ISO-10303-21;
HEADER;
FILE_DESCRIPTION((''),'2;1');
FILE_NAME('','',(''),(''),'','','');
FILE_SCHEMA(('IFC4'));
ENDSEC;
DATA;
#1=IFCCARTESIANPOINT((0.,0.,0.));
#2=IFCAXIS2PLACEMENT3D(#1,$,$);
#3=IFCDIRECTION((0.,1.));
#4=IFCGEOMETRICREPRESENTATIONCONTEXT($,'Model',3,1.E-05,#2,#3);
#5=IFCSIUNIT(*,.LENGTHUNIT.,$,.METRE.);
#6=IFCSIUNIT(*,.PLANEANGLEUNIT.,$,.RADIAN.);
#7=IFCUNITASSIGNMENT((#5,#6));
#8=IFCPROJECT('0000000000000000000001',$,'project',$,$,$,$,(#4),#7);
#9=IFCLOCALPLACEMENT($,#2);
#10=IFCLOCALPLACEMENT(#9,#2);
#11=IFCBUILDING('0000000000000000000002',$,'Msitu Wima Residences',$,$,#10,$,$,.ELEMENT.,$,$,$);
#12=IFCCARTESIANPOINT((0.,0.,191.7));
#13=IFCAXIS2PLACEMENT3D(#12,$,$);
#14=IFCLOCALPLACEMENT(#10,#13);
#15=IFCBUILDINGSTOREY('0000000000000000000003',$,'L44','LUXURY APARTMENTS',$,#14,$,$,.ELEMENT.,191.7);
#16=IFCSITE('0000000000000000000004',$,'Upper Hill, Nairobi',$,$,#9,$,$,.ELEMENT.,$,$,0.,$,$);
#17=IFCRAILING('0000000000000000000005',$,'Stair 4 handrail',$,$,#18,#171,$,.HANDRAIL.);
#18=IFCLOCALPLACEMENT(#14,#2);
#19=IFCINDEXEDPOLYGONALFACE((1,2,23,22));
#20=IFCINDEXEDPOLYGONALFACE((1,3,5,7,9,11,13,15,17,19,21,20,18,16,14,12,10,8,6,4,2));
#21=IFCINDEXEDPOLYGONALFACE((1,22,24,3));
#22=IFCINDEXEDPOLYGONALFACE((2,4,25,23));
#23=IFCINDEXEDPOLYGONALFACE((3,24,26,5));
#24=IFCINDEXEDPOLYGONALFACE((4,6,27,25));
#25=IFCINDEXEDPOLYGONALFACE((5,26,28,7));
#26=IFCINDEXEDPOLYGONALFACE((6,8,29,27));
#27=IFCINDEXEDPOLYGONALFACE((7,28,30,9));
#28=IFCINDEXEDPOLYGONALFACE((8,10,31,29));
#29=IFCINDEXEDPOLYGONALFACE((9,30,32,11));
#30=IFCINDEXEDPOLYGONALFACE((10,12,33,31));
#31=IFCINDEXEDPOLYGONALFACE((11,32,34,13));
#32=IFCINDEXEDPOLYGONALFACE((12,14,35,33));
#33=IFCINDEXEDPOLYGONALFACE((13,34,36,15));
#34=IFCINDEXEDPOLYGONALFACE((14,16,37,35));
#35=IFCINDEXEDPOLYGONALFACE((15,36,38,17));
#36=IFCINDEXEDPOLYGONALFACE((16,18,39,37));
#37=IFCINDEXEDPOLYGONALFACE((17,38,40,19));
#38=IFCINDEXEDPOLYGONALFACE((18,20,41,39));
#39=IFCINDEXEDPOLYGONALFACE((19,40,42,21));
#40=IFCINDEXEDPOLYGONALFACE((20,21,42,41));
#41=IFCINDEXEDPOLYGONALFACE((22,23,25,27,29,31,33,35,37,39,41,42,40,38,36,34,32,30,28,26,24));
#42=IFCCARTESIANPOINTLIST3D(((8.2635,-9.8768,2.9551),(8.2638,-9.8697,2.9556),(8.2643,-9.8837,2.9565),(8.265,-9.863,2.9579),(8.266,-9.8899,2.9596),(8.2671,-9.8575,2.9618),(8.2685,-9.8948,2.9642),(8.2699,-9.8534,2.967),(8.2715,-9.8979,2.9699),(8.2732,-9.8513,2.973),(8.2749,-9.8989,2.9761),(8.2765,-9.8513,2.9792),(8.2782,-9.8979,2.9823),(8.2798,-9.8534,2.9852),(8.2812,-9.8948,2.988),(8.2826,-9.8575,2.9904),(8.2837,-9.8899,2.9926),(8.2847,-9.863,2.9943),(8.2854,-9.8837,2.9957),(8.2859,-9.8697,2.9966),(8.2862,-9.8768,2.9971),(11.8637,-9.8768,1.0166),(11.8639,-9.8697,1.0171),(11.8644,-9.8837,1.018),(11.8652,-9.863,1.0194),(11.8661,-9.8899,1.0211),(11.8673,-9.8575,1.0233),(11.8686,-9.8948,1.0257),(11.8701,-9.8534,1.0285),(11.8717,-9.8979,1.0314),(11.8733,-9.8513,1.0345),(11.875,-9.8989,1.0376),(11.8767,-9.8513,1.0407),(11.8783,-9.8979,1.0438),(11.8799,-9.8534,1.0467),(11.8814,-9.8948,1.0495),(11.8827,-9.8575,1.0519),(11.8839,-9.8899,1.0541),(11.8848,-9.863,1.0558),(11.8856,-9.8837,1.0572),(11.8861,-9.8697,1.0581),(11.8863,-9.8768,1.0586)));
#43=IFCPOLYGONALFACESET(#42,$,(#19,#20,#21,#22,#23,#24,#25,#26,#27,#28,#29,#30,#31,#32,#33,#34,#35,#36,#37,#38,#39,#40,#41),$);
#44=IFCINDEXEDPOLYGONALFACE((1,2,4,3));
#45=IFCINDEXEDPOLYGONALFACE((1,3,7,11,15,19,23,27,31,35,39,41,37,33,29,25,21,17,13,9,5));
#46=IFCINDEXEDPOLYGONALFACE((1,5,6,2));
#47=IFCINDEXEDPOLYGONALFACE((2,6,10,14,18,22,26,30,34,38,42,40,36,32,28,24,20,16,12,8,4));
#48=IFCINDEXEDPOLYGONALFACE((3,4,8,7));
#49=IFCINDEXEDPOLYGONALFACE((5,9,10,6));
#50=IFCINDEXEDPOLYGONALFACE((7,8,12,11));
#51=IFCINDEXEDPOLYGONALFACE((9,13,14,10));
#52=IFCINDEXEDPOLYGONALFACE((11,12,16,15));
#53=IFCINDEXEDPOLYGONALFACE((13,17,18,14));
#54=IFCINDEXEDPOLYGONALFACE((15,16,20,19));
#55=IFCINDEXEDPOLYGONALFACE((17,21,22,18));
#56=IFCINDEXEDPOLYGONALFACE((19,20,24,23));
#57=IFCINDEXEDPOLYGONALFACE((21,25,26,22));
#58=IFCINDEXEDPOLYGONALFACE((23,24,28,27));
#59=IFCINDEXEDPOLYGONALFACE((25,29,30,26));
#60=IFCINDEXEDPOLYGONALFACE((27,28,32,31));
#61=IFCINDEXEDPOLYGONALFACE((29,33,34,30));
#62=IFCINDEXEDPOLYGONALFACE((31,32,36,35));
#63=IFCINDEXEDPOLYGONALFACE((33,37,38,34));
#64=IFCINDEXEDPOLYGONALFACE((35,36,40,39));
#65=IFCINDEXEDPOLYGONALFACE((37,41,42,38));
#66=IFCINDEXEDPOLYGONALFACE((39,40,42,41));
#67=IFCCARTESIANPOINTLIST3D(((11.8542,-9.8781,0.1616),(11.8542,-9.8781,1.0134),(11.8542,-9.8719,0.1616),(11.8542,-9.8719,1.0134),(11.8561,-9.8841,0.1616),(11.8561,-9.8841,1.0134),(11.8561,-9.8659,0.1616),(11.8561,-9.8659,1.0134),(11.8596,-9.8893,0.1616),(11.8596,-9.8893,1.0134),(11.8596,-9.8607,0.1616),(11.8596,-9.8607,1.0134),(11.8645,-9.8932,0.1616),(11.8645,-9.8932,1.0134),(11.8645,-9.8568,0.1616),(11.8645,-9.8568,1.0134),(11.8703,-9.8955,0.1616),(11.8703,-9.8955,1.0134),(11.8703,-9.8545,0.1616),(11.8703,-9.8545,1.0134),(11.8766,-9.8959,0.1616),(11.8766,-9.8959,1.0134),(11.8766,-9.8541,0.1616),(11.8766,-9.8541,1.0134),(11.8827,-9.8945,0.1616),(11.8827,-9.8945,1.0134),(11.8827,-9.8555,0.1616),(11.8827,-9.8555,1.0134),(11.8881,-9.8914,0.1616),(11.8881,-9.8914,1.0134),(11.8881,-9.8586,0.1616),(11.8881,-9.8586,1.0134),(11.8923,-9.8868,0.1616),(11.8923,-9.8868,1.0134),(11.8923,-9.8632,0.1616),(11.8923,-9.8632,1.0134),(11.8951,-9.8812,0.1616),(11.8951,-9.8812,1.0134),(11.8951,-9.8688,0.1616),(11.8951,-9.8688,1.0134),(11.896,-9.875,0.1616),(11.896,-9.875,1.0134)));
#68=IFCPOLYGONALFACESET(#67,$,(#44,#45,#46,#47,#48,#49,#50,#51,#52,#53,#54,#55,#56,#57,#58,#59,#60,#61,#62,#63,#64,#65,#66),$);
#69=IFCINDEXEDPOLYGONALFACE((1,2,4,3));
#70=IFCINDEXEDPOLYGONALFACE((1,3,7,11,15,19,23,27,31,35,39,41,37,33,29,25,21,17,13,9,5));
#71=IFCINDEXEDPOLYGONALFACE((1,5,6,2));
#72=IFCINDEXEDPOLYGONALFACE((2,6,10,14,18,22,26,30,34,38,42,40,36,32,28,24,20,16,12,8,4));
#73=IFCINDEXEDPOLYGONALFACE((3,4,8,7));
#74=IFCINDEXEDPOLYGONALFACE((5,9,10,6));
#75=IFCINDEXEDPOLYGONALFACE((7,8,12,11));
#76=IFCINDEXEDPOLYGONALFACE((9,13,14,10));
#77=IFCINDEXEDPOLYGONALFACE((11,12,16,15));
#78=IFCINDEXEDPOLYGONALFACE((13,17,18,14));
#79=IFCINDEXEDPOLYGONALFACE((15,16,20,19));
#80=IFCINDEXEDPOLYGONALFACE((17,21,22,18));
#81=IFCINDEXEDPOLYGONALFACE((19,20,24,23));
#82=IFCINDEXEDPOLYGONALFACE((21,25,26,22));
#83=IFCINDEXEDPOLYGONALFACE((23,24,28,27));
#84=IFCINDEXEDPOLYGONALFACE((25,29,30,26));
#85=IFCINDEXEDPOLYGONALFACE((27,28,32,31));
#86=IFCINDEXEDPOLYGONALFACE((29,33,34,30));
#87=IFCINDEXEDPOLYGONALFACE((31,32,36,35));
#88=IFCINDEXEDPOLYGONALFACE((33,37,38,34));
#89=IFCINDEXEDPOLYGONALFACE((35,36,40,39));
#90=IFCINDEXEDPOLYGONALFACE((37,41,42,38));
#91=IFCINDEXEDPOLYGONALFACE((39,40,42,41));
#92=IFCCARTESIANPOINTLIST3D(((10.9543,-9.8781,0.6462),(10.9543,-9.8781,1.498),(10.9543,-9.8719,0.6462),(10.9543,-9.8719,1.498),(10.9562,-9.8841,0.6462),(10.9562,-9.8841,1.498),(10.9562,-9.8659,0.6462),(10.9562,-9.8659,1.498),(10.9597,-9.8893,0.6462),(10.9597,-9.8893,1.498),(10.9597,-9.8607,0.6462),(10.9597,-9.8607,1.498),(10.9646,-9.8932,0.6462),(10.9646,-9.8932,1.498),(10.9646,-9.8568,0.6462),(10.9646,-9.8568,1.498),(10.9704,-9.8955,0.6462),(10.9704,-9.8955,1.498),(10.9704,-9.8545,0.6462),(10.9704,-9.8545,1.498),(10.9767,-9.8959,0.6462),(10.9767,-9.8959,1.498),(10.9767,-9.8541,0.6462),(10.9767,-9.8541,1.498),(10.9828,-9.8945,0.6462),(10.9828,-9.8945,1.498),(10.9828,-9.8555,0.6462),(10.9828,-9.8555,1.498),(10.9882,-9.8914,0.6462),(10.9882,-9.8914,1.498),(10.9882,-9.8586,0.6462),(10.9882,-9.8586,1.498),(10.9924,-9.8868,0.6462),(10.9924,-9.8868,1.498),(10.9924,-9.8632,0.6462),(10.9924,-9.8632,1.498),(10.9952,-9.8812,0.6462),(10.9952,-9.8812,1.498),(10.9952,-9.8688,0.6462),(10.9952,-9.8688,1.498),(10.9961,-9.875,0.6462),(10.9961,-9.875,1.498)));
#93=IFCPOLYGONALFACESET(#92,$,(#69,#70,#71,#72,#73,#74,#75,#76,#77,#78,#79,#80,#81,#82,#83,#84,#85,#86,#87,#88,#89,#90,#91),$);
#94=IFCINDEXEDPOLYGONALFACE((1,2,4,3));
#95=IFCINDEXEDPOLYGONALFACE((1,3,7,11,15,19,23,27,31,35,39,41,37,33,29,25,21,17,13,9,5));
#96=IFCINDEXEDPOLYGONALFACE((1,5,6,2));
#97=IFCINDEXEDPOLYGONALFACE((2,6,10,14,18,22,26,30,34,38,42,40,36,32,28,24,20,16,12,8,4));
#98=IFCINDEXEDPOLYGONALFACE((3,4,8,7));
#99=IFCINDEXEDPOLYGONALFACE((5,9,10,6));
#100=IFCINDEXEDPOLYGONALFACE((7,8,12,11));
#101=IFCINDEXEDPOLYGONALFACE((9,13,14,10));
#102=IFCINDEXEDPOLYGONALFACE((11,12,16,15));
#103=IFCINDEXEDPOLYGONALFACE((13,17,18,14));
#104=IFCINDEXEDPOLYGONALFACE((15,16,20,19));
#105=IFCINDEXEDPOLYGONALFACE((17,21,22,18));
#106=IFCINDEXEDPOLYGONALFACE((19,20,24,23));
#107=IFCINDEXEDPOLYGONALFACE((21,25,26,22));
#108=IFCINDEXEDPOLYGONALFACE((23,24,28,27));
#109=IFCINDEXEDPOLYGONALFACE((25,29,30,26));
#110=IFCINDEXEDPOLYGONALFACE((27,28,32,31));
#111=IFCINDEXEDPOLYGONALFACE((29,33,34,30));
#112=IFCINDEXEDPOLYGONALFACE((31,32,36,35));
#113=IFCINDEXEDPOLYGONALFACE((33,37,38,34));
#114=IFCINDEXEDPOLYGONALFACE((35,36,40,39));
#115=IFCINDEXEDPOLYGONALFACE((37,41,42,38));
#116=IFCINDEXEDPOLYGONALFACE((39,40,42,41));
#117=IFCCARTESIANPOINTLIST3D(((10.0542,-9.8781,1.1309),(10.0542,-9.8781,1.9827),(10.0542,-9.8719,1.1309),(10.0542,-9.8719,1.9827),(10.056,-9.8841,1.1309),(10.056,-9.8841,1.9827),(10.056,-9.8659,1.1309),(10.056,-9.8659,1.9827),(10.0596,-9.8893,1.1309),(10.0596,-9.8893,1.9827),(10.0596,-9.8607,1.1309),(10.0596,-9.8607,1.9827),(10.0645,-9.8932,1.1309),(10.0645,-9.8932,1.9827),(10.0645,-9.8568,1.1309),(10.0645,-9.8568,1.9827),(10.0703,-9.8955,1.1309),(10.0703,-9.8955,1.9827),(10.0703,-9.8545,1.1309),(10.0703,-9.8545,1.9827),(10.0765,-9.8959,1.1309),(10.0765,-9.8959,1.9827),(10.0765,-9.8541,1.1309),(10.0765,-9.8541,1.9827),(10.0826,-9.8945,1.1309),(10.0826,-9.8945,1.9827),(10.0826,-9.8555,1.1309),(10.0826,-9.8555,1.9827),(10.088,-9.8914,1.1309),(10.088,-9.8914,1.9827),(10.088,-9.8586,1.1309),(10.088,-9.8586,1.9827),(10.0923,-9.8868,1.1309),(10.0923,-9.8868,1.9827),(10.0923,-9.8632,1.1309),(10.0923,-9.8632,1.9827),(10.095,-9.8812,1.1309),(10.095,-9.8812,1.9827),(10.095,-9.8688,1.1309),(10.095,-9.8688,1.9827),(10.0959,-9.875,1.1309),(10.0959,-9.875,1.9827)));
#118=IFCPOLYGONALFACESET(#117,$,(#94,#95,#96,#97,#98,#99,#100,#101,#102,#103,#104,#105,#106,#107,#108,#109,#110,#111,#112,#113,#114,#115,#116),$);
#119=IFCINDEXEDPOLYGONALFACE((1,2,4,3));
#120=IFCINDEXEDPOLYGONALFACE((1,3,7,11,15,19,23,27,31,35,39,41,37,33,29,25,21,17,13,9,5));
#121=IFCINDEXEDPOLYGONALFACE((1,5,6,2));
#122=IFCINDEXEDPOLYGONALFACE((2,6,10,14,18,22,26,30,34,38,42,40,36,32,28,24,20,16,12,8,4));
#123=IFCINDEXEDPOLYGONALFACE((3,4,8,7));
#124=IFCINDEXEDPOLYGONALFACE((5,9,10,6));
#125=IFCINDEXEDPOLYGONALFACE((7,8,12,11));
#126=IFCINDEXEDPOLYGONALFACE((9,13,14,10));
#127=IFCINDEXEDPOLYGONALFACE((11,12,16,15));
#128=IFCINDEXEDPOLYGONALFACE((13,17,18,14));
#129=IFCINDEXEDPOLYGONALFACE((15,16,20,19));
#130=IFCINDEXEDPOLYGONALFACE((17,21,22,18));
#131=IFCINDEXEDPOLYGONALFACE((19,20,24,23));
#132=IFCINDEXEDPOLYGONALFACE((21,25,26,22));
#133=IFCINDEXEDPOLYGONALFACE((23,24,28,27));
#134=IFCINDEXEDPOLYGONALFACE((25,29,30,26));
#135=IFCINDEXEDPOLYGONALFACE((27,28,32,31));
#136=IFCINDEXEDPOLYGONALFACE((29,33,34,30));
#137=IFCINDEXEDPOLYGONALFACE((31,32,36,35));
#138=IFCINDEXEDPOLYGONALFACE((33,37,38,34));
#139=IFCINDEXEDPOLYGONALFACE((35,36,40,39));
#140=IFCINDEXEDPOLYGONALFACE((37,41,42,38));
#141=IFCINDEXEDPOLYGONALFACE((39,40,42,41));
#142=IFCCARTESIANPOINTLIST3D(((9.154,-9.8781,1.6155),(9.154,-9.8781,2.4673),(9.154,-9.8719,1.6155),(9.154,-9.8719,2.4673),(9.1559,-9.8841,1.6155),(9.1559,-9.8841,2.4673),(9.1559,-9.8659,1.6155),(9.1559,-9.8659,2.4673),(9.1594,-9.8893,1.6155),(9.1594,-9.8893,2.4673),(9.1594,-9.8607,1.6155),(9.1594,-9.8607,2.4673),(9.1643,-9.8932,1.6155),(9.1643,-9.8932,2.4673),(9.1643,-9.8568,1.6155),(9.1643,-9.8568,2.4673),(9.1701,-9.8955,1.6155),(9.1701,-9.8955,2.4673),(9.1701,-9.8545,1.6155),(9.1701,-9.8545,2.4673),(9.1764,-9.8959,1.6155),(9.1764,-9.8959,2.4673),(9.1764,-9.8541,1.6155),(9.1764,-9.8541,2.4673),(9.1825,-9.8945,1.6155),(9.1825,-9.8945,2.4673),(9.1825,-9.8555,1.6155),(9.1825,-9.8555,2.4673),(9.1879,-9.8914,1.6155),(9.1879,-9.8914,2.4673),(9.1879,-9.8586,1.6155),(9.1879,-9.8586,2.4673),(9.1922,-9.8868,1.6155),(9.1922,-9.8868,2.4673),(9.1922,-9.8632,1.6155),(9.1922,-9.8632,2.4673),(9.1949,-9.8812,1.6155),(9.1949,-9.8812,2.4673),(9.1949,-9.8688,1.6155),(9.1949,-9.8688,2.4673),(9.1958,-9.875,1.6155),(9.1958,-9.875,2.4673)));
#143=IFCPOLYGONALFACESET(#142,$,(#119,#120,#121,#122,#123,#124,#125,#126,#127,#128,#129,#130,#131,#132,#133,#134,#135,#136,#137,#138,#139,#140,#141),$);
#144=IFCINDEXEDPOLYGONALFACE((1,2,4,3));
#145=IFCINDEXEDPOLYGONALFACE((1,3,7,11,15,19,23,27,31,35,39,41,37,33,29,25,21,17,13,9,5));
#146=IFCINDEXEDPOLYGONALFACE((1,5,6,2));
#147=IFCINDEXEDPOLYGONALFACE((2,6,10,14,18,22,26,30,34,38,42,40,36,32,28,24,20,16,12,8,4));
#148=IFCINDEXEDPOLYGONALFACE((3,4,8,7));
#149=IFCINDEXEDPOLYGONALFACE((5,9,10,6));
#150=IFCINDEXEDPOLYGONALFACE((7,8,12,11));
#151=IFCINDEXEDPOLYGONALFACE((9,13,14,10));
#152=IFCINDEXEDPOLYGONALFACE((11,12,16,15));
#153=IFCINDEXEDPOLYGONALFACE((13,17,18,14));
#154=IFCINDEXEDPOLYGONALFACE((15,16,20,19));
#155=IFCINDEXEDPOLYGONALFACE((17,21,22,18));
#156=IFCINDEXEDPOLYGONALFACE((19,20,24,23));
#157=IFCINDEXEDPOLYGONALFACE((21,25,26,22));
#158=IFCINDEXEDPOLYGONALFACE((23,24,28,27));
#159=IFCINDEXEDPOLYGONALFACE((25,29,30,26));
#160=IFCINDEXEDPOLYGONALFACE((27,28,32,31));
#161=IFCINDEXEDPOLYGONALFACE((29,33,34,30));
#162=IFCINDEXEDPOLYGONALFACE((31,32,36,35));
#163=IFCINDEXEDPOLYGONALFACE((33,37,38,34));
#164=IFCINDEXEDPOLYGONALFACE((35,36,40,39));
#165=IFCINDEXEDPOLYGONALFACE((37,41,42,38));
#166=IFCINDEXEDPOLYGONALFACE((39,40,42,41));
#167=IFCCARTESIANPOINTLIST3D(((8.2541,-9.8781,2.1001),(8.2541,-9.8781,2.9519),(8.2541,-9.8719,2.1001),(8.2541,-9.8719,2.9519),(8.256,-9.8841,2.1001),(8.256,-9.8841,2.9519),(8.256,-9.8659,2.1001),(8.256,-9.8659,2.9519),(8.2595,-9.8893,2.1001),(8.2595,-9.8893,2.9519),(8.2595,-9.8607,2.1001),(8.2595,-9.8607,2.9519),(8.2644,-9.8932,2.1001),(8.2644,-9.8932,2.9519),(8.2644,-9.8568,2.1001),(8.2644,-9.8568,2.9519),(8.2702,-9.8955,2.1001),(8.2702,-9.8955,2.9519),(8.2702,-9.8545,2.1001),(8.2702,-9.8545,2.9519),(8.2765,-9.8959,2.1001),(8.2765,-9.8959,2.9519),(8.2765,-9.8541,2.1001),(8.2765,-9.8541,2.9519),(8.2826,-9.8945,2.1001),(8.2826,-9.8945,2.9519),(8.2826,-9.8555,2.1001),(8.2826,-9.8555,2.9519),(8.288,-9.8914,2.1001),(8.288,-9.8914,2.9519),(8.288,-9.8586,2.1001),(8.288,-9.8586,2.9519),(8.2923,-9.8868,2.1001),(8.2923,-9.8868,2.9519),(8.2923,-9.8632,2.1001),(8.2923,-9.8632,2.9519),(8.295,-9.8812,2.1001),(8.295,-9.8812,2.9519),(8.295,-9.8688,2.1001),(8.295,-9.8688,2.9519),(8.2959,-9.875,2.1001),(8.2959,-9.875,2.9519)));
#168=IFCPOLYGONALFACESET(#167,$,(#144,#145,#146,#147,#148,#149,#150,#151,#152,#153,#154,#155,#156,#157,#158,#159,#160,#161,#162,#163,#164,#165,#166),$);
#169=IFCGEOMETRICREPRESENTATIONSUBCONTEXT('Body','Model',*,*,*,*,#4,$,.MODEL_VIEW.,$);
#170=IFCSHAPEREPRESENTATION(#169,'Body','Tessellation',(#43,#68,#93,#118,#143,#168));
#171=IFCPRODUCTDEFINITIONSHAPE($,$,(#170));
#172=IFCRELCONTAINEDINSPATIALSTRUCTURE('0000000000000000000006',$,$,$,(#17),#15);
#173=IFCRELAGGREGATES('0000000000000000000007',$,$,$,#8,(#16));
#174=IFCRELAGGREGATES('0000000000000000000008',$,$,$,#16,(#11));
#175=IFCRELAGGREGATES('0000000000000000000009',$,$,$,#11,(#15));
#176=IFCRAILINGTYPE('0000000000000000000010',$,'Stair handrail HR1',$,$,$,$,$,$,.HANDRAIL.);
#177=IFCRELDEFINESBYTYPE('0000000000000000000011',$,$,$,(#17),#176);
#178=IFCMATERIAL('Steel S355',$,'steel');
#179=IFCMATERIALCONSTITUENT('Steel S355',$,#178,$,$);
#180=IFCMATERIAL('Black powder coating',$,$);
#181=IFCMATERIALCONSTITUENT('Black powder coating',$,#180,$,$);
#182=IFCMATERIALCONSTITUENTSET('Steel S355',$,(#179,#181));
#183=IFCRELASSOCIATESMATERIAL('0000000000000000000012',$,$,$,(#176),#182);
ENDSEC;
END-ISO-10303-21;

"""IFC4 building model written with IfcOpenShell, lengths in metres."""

from ifc_helpers import new_model, si_unit, direction, frame, origin, origin_2d, place, context, subcontext, project, spatial, circle, extrude, material, constituent, constituent_set, type_object, element, save


model = new_model("IFC4")

# Units and contexts
model_context = context("Model", 3, precision=1e-05, world=origin(), true_north=direction((0.0, 1.0)))
body_context = subcontext(model_context, "Body", "Model", "MODEL_VIEW")
ifc_project = project(units=[si_unit("LENGTHUNIT", "METRE"), si_unit("PLANEANGLEUNIT", "RADIAN")], contexts=[model_context])

# Site, building, storey
site_placement = place(None, origin())
site = spatial("IfcSite", under=ifc_project, at=site_placement, Name="Upper Hill, Nairobi", CompositionType="ELEMENT", RefElevation=0.0)
building_placement = place(site_placement, origin())
building = spatial("IfcBuilding", under=site, at=building_placement, Name="Msitu Wima Residences", CompositionType="ELEMENT")
storey_placement = place(building_placement, frame((0.0, 0.0, 191.7)))
storey = spatial("IfcBuildingStorey", under=building, at=storey_placement, Name="L44", Description="LUXURY APARTMENTS", CompositionType="ELEMENT", Elevation=191.7)

# Railing
ifc_material_1 = material(Name="Steel S355", Category="steel")
ifc_constituent_1 = constituent(ifc_material_1, Name="Steel S355")
ifc_material_2 = material(Name="Black powder coating")
ifc_constituent_2 = constituent(ifc_material_2, Name="Black powder coating")
ifc_constituent_set = constituent_set(constituents=[ifc_constituent_1, ifc_constituent_2], Name="Steel S355")
railing_type = type_object("IfcRailingType", Name="Stair handrail HR1", PredefinedType="HANDRAIL", material=ifc_constituent_set)
for number, where, name in (
    (1, (11.875, -9.875, 0.1616), "Stair 4 handrail"),
):
    element("IfcRailing", number, at=place(storey_placement, frame(where)), inside=storey, type_object=railing_type, Name=name, PredefinedType="HANDRAIL", context=body_context, shape_type="SweptSolid", body=[
        extrude(circle(Radius=0.0239, at=origin_2d()), frame((0.0, 0.0, 0.876), z_axis=(-0.880475, 0.0, 0.474093), x_axis=(0.0, -1.0, 0.0)), (0.0, 0.0, 1.0), 4.0889),
        extrude(circle(Radius=0.021, at=origin_2d()), origin(), (0.0, 0.0, 1.0), 0.8518),
        extrude(circle(Radius=0.021, at=origin_2d()), frame((-0.8999, 0.0, 0.4846)), (0.0, 0.0, 1.0), 0.8518),
        extrude(circle(Radius=0.021, at=origin_2d()), frame((-1.8, 0.0, 0.9692)), (0.0, 0.0, 1.0), 0.8518),
        extrude(circle(Radius=0.021, at=origin_2d()), frame((-2.7002, 0.0, 1.4539)), (0.0, 0.0, 1.0), 0.8518),
        extrude(circle(Radius=0.021, at=origin_2d()), frame((-3.6001, 0.0, 1.9385)), (0.0, 0.0, 1.0), 0.8518),
    ])

save(model, "model.ifc")
